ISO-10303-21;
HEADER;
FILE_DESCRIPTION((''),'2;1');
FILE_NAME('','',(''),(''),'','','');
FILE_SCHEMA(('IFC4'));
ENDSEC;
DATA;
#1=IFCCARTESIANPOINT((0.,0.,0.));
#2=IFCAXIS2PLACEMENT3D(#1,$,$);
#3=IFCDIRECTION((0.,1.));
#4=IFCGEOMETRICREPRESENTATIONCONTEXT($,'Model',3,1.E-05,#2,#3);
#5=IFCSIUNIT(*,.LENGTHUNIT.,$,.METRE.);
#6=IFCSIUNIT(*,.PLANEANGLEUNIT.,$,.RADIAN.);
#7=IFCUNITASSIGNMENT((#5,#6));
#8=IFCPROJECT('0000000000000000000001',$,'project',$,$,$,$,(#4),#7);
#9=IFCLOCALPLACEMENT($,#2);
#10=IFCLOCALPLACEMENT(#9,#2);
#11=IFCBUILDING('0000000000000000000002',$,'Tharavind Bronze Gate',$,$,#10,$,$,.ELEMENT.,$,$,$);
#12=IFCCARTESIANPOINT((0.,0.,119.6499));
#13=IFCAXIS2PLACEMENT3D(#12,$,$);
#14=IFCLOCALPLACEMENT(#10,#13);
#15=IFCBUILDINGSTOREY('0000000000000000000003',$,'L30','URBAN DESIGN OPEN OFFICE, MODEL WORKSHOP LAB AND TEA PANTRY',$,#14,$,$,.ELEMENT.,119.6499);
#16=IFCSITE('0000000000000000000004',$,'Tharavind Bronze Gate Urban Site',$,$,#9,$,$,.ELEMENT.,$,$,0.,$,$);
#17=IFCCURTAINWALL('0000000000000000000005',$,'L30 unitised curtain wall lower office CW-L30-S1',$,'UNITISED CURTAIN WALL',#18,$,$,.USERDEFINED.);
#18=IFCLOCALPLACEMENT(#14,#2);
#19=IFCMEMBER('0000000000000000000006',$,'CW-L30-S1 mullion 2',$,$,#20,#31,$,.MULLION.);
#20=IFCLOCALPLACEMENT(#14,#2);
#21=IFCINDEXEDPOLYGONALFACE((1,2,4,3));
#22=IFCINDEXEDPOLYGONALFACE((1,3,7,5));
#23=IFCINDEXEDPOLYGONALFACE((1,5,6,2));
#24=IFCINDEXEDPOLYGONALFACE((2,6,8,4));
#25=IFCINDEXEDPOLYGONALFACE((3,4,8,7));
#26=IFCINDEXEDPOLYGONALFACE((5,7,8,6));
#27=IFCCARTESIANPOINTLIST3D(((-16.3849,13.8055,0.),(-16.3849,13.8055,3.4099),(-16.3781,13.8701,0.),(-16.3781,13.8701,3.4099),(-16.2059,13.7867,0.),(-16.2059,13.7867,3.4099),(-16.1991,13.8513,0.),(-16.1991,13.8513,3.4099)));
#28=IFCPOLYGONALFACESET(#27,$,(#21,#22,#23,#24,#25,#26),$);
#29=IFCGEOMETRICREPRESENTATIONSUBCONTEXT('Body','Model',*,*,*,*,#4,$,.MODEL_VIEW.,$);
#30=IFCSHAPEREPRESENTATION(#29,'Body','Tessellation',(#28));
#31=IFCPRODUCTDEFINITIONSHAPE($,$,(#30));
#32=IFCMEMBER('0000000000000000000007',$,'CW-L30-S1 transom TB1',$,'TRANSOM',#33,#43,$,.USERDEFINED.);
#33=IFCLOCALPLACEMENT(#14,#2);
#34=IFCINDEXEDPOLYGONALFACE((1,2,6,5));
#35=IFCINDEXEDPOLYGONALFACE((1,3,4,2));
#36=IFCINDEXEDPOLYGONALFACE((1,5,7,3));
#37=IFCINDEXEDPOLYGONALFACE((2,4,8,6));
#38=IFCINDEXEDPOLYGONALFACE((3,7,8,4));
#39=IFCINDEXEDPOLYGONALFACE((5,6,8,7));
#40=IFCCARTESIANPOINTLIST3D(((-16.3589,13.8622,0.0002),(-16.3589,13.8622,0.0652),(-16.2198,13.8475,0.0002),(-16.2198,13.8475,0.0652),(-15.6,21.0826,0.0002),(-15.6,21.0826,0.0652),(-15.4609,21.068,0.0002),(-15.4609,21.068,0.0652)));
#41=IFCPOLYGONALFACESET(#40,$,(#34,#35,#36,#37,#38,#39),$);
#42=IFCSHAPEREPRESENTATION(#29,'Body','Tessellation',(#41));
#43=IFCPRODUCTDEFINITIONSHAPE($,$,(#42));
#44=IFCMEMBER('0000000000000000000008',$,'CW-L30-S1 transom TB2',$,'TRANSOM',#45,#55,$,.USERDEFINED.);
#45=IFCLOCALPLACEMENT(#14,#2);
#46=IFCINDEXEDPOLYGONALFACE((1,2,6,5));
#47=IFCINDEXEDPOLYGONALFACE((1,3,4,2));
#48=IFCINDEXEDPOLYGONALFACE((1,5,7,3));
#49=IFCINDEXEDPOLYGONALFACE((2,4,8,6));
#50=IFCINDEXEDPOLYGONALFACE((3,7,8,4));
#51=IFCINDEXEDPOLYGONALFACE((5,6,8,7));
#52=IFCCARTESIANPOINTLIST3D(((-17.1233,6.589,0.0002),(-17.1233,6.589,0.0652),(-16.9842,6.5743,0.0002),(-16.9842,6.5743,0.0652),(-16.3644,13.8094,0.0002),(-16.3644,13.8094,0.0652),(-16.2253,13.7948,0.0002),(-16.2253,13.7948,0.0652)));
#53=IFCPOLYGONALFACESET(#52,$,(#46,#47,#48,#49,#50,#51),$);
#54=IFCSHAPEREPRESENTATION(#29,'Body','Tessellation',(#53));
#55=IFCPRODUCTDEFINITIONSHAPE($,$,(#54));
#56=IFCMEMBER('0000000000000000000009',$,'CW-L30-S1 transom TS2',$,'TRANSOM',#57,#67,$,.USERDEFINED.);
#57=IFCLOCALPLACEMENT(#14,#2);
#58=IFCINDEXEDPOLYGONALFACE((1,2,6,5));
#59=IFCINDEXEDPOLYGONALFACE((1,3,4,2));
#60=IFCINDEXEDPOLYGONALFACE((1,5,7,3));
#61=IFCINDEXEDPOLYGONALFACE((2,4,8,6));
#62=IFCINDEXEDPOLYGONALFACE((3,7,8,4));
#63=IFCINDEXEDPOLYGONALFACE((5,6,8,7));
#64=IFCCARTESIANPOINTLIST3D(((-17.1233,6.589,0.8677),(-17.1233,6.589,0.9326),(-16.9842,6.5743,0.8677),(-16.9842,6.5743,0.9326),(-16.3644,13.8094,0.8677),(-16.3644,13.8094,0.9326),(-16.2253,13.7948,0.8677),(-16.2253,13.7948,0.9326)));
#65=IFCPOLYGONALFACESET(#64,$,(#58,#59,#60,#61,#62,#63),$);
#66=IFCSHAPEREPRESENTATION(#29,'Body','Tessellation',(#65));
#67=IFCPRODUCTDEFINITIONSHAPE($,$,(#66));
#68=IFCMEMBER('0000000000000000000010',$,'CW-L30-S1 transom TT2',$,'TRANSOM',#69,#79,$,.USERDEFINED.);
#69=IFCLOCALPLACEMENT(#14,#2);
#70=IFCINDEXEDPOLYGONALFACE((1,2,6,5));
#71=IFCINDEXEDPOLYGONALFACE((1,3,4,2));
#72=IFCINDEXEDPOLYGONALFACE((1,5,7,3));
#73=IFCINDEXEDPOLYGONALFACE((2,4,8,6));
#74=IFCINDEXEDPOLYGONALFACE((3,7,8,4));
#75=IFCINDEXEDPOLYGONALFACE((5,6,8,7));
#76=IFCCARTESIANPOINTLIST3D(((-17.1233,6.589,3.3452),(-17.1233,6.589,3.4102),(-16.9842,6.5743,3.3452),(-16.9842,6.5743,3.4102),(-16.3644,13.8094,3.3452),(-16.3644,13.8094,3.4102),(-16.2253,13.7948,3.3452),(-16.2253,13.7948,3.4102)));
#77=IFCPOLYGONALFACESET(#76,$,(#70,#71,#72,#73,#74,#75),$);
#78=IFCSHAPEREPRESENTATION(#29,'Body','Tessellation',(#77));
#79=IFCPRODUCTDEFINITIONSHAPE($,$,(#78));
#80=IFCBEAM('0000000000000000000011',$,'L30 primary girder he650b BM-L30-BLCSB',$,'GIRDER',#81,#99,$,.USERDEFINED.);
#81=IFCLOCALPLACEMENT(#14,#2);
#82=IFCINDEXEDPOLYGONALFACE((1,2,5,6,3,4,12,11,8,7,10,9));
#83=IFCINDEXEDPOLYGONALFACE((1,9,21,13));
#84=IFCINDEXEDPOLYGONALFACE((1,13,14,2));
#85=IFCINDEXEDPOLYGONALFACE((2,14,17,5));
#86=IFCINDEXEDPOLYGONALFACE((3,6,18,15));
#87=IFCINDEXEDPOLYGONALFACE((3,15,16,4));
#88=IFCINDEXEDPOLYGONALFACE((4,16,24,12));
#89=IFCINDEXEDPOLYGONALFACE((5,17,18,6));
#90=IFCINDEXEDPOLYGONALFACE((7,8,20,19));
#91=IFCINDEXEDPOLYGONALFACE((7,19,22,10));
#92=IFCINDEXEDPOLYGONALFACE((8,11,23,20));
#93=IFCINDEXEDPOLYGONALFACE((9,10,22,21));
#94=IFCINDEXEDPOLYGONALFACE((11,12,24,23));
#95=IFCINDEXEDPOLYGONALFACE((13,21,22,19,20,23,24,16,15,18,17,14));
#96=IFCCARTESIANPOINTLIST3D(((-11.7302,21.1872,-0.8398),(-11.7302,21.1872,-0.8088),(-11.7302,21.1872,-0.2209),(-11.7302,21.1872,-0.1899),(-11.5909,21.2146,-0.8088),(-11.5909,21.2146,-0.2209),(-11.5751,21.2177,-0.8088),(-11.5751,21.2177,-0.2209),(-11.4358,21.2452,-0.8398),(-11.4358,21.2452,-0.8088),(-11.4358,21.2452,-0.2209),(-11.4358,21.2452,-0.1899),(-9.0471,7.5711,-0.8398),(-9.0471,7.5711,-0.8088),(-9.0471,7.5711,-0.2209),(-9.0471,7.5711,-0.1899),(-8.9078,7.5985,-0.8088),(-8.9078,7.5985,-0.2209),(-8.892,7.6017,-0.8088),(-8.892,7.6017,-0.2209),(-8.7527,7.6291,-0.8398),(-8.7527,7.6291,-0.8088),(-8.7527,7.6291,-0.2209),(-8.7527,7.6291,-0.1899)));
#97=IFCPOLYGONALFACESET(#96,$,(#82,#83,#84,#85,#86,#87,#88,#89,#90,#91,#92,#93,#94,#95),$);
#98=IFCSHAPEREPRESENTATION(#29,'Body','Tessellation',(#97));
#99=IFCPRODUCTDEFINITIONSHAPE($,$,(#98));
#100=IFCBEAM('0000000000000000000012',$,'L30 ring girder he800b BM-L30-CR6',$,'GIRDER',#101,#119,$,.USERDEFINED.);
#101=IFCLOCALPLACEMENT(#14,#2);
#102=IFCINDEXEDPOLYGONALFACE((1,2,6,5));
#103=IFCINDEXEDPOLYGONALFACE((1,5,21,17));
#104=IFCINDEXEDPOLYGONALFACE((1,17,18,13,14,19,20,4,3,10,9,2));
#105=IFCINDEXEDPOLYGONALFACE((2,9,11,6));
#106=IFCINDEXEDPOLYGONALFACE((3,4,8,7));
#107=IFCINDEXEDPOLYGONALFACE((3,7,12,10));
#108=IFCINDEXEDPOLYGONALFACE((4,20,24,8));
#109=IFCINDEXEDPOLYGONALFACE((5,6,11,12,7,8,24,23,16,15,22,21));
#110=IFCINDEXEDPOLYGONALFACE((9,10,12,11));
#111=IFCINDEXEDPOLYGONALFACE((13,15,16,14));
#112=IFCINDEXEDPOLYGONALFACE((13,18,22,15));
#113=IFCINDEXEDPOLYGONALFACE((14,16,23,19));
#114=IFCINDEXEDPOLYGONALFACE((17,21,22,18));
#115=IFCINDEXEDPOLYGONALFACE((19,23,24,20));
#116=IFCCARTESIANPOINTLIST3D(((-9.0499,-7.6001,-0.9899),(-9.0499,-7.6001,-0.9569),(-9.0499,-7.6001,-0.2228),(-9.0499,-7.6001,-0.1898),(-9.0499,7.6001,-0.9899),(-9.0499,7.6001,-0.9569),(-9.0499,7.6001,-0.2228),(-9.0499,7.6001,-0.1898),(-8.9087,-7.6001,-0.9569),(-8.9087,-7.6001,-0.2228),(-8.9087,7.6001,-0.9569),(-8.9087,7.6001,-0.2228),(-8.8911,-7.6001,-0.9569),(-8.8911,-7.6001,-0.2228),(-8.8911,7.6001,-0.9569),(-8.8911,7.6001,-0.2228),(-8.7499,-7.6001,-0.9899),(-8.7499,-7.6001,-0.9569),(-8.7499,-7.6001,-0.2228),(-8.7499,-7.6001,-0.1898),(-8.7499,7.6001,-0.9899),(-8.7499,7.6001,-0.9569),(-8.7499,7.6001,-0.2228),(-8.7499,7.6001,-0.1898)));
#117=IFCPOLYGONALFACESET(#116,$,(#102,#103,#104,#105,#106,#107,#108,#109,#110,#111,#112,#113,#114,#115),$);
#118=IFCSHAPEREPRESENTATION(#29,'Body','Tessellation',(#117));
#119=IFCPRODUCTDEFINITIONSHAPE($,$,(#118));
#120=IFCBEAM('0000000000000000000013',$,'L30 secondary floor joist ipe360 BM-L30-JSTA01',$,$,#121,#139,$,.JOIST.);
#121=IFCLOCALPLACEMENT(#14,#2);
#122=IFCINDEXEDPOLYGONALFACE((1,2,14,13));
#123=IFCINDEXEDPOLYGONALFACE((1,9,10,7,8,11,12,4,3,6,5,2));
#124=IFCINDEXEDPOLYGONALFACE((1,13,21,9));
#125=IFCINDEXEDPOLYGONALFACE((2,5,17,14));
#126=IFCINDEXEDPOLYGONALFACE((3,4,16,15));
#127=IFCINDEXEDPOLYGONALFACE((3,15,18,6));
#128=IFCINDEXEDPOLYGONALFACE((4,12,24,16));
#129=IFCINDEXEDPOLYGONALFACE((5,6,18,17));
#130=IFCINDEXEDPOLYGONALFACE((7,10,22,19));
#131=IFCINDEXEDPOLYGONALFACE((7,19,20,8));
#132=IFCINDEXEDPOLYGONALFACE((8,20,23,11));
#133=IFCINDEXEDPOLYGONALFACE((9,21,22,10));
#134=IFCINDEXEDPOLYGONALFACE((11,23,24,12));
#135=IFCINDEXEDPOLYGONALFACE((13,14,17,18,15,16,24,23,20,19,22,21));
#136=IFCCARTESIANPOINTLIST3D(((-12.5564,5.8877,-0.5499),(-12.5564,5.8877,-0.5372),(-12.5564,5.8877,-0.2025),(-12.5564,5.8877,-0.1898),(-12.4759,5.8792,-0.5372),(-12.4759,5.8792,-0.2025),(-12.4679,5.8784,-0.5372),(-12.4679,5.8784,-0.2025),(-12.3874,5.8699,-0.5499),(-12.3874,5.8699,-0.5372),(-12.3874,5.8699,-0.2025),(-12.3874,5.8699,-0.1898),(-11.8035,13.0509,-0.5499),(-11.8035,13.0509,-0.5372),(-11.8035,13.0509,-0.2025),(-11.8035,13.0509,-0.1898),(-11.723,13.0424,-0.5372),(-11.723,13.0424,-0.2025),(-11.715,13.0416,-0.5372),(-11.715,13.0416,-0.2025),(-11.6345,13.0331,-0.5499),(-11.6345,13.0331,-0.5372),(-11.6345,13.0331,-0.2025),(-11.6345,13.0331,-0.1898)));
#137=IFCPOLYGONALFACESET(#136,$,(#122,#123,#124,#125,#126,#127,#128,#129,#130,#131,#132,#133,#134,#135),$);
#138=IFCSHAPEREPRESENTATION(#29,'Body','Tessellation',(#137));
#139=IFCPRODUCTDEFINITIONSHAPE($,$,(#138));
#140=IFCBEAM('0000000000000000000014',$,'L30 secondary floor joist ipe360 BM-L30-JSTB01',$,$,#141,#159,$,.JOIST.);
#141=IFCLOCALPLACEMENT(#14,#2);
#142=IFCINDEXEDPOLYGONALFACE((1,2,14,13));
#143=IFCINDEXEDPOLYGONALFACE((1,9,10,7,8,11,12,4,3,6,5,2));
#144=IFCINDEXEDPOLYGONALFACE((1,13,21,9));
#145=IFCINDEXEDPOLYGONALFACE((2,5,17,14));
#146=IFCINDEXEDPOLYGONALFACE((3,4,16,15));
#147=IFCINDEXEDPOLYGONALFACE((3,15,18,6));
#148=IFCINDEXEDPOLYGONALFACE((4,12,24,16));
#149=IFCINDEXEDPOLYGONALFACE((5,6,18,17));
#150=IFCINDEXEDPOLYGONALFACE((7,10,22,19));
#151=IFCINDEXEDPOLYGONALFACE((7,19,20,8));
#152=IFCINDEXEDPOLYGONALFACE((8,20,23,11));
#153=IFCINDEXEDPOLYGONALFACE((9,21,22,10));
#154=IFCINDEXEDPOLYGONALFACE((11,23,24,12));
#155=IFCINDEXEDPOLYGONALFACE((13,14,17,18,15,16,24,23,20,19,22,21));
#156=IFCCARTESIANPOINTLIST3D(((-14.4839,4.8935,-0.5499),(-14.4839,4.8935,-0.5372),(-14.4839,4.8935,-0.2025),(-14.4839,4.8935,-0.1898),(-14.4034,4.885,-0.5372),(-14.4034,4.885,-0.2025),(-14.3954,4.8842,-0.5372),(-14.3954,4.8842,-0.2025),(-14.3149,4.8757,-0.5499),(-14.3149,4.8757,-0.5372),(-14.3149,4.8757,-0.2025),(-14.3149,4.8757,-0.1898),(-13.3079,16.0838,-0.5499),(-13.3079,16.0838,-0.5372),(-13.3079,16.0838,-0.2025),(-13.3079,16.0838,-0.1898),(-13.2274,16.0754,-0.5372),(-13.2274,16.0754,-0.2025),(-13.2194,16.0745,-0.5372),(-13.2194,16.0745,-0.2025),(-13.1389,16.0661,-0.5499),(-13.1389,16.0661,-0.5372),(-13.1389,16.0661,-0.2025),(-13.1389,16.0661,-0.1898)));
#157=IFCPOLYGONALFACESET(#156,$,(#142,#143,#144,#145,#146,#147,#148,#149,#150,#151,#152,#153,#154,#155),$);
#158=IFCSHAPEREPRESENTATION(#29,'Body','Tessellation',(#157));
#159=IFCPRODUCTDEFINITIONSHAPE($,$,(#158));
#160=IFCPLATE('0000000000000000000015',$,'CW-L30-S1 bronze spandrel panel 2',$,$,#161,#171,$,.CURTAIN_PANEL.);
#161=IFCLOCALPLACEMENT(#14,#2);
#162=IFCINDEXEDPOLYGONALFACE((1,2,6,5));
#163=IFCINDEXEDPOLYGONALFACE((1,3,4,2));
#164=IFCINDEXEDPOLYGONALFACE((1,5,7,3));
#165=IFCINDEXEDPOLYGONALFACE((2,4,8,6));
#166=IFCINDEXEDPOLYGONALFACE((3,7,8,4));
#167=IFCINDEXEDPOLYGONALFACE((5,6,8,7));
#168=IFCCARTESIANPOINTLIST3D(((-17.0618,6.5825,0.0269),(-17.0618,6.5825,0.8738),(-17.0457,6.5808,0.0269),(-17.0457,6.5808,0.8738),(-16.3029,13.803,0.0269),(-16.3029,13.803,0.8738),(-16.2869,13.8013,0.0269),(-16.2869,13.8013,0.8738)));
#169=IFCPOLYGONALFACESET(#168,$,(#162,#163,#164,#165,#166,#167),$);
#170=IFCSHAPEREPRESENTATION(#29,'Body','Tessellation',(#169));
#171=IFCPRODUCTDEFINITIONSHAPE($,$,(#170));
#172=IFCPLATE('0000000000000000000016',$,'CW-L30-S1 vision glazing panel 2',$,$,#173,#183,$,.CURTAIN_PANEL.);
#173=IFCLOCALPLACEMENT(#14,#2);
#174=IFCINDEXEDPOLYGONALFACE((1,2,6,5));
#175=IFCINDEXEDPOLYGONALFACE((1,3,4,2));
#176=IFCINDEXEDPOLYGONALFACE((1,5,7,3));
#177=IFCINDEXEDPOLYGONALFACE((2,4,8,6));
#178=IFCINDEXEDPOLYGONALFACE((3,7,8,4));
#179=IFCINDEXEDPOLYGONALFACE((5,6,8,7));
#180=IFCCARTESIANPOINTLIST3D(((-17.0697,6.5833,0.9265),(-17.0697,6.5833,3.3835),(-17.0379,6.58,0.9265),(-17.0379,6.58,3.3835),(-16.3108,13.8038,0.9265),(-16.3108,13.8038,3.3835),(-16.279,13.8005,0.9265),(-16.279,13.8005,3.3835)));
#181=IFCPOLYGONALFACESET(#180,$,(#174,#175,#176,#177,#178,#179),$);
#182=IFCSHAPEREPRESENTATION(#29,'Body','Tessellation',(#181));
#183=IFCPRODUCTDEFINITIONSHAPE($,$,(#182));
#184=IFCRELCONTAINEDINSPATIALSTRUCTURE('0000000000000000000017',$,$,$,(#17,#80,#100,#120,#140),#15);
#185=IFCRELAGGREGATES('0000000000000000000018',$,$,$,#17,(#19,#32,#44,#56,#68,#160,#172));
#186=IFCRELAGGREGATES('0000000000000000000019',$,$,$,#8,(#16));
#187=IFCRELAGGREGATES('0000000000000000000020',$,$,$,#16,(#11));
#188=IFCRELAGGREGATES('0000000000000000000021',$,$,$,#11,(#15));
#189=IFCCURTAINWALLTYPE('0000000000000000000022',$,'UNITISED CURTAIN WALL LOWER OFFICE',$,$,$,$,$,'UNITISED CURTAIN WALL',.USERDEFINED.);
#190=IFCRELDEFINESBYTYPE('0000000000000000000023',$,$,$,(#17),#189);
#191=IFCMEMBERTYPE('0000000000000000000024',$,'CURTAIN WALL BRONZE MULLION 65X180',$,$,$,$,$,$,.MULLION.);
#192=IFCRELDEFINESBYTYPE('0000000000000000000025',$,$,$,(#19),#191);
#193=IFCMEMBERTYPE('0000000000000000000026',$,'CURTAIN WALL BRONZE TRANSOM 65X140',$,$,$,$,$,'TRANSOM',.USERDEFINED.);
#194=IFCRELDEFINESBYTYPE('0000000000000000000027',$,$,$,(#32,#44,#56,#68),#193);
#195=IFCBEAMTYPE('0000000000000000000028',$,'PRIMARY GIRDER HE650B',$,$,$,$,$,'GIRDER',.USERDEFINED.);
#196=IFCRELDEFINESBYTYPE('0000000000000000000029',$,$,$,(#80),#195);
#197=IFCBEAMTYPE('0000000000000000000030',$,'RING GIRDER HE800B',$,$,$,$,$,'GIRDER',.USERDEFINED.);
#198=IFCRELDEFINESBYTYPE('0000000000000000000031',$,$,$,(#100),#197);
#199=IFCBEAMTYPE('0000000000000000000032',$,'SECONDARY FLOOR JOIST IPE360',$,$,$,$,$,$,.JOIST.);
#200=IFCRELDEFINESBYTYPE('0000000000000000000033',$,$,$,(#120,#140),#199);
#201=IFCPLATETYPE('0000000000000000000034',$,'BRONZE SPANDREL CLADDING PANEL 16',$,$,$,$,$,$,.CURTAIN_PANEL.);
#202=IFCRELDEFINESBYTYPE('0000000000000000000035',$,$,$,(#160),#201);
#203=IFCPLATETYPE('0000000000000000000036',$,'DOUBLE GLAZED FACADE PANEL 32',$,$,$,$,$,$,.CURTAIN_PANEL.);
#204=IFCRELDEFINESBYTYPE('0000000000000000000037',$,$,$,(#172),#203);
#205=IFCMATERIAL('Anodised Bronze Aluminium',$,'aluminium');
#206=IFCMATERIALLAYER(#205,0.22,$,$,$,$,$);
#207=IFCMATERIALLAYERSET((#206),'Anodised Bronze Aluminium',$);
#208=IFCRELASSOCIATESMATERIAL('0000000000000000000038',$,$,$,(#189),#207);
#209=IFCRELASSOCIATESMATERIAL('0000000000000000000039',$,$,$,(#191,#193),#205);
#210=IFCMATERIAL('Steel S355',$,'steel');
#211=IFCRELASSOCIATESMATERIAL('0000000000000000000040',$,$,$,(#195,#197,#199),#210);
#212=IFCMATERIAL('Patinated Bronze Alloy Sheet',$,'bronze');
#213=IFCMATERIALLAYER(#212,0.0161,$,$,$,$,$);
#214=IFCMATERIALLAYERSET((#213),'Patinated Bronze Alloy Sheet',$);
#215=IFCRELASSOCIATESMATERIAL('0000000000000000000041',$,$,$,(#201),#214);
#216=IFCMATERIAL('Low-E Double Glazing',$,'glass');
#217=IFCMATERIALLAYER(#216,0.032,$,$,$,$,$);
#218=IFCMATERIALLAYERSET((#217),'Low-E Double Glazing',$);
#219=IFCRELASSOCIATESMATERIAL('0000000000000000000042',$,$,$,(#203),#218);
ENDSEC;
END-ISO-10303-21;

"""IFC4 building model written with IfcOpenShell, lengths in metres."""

from ifc_helpers import new_model, si_unit, direction, frame, origin, origin_2d, place, context, subcontext, project, spatial, rectangle, i_section, extrude, material, layer, layer_set, material_profile, profile_set, type_object, element, aggregate, save


model = new_model("IFC4")

# Units and contexts
model_context = context("Model", 3, precision=1e-05, world=origin(), true_north=direction((0.0, 1.0)))
body_context = subcontext(model_context, "Body", "Model", "MODEL_VIEW")
ifc_project = project(units=[si_unit("LENGTHUNIT", "METRE"), si_unit("PLANEANGLEUNIT", "RADIAN")], contexts=[model_context])

# Site, building, storey
site_placement = place(None, origin())
site = spatial("IfcSite", under=ifc_project, at=site_placement, Name="Tharavind Bronze Gate Urban Site", CompositionType="ELEMENT", RefElevation=0.0)
building_placement = place(site_placement, origin())
building = spatial("IfcBuilding", under=site, at=building_placement, Name="Tharavind Bronze Gate", CompositionType="ELEMENT")
storey_placement = place(building_placement, frame((0.0, 0.0, 119.6499)))
storey = spatial("IfcBuildingStorey", under=building, at=storey_placement, Name="L30", Description="URBAN DESIGN OPEN OFFICE, MODEL WORKSHOP LAB AND TEA PANTRY", CompositionType="ELEMENT", Elevation=119.6499)

# Curtain wall, members
ifc_material_1 = material(Name="Anodised Bronze Aluminium", Category="aluminium")
ifc_layer_1 = layer(ifc_material_1, 0.22)
ifc_layer_set_1 = layer_set([ifc_layer_1], Name="Anodised Bronze Aluminium")
curtain_wall_type = type_object("IfcCurtainWallType", Name="UNITISED CURTAIN WALL LOWER OFFICE", ElementType="UNITISED CURTAIN WALL", PredefinedType="USERDEFINED", material=ifc_layer_set_1)
curtain_wall_placement = place(storey_placement, origin())
curtain_wall = element("IfcCurtainWall", 1, at=curtain_wall_placement, inside=storey, type_object=curtain_wall_type, Name="L30 unitised curtain wall lower office CW-L30-S1", ObjectType="UNITISED CURTAIN WALL", PredefinedType="USERDEFINED")
member_type_1 = type_object("IfcMemberType", Name="CURTAIN WALL BRONZE MULLION 65X180", PredefinedType="MULLION", material=ifc_material_1)
member_1_placement = place(storey_placement, frame((-16.292, 13.8284, 0.0), z_axis=(0.0, 0.0, 1.0), x_axis=(-0.104527, -0.994522, 0.0)))
member_1 = element("IfcMember", 2, at=member_1_placement, type_object=member_type_1, Name="CW-L30-S1 mullion 2", PredefinedType="MULLION", context=body_context, shape_type="SweptSolid", body=[
    extrude(rectangle(XDim=0.0649, YDim=0.1799, at=origin_2d()), origin(), (0.0, 0.0, 1.0), 3.4099),
])
member_type_2 = type_object("IfcMemberType", Name="CURTAIN WALL BRONZE TRANSOM 65X140", ElementType="TRANSOM", PredefinedType="USERDEFINED", material=ifc_material_1)
member_2_placement = place(storey_placement, frame((-15.9099, 17.4651, 0.0002), z_axis=(0.0, 0.0, 1.0), x_axis=(-0.104527, -0.994522, 0.0)))
member_2 = element("IfcMember", 3, at=member_2_placement, type_object=member_type_2, Name="CW-L30-S1 transom TB1", ObjectType="TRANSOM", PredefinedType="USERDEFINED", context=body_context, shape_type="SweptSolid", body=[
    extrude(rectangle(XDim=7.2603, YDim=0.1399, at=origin_2d()), origin(), (0.0, 0.0, 1.0), 0.0649),
])
member_3_placement = place(storey_placement, frame((-16.6743, 10.1919, 0.0002), z_axis=(0.0, 0.0, 1.0), x_axis=(-0.104527, -0.994522, 0.0)))
member_3 = element("IfcMember", 4, at=member_3_placement, type_object=member_type_2, Name="CW-L30-S1 transom TB2", ObjectType="TRANSOM", PredefinedType="USERDEFINED", context=body_context, shape_type="SweptSolid", body=[
    extrude(rectangle(XDim=7.2603, YDim=0.1399, at=origin_2d()), origin(), (0.0, 0.0, 1.0), 0.0649),
])
member_4_placement = place(storey_placement, frame((-16.6743, 10.1919, 0.8677), z_axis=(0.0, 0.0, 1.0), x_axis=(-0.104527, -0.994522, 0.0)))
member_4 = element("IfcMember", 5, at=member_4_placement, type_object=member_type_2, Name="CW-L30-S1 transom TS2", ObjectType="TRANSOM", PredefinedType="USERDEFINED", context=body_context, shape_type="SweptSolid", body=[
    extrude(rectangle(XDim=7.2603, YDim=0.1399, at=origin_2d()), origin(), (0.0, 0.0, 1.0), 0.0649),
])
member_5_placement = place(storey_placement, frame((-16.6743, 10.1919, 3.3452), z_axis=(0.0, 0.0, 1.0), x_axis=(-0.104527, -0.994522, 0.0)))
member_5 = element("IfcMember", 6, at=member_5_placement, type_object=member_type_2, Name="CW-L30-S1 transom TT2", ObjectType="TRANSOM", PredefinedType="USERDEFINED", context=body_context, shape_type="SweptSolid", body=[
    extrude(rectangle(XDim=7.2603, YDim=0.1399, at=origin_2d()), origin(), (0.0, 0.0, 1.0), 0.0649),
])

# Beams
ifc_material_2 = material(Name="Steel S355", Category="steel")
ifc_material_profile_1 = material_profile(ifc_material_2, i_section(OverallWidth=0.3, OverallDepth=0.6499, WebThickness=0.0161, FlangeThickness=0.031, at=origin_2d()), Name="HE650B")
ifc_profile_set_1 = profile_set([ifc_material_profile_1], Name="Steel S355")
beam_type_1 = type_object("IfcBeamType", Name="PRIMARY GIRDER HE650B", ElementType="GIRDER", PredefinedType="USERDEFINED", material=ifc_profile_set_1)
beam_1_placement = place(storey_placement, frame((-8.8999, 7.6001, -0.5149), z_axis=(-0.193338, 0.981132, 0.0), x_axis=(-0.981132, -0.193338, 0.0)))
element("IfcBeam", 7, at=beam_1_placement, inside=storey, type_object=beam_type_1, Name="L30 primary girder he650b BM-L30-BLCSB", ObjectType="GIRDER", PredefinedType="USERDEFINED", context=body_context, shape_type="SweptSolid", body=[
    extrude(i_section(OverallWidth=0.3, OverallDepth=0.6499, WebThickness=0.0161, FlangeThickness=0.031, at=origin_2d()), origin(), (0.0, 0.0, 1.0), 13.8779),
])
ifc_material_profile_2 = material_profile(ifc_material_2, i_section(OverallWidth=0.3, OverallDepth=0.8, WebThickness=0.0176, FlangeThickness=0.033, at=origin_2d()), Name="HE800B")
ifc_profile_set_2 = profile_set([ifc_material_profile_2], Name="Steel S355")
beam_type_2 = type_object("IfcBeamType", Name="RING GIRDER HE800B", ElementType="GIRDER", PredefinedType="USERDEFINED", material=ifc_profile_set_2)
beam_2_placement = place(storey_placement, frame((-8.8999, 7.6001, -0.5898), z_axis=(0.0, -1.0, 0.0), x_axis=(1.0, 0.0, 0.0)))
element("IfcBeam", 8, at=beam_2_placement, inside=storey, type_object=beam_type_2, Name="L30 ring girder he800b BM-L30-CR6", ObjectType="GIRDER", PredefinedType="USERDEFINED", context=body_context, shape_type="SweptSolid", body=[
    extrude(i_section(OverallWidth=0.3, OverallDepth=0.8, WebThickness=0.0176, FlangeThickness=0.033, at=origin_2d()), origin(), (0.0, 0.0, 1.0), 15.2002),
])
ifc_material_profile_3 = material_profile(ifc_material_2, i_section(OverallWidth=0.1699, OverallDepth=0.3601, WebThickness=0.0081, FlangeThickness=0.0127, at=origin_2d()), Name="IPE360")
ifc_profile_set_3 = profile_set([ifc_material_profile_3], Name="Steel S355")
beam_type_3 = type_object("IfcBeamType", Name="SECONDARY FLOOR JOIST IPE360", PredefinedType="JOIST", material=ifc_profile_set_3)
beam_3_placement = place(storey_placement, frame((-11.719, 13.042, -0.3699), z_axis=(-0.104537, -0.994521, 0.0), x_axis=(0.994521, -0.104537, 0.0)))
element("IfcBeam", 9, at=beam_3_placement, inside=storey, type_object=beam_type_3, Name="L30 secondary floor joist ipe360 BM-L30-JSTA01", PredefinedType="JOIST", context=body_context, shape_type="SweptSolid", body=[
    extrude(i_section(OverallWidth=0.1699, OverallDepth=0.3601, WebThickness=0.0081, FlangeThickness=0.0127, at=origin_2d()), origin(), (0.0, 0.0, 1.0), 7.2026),
])
beam_4_placement = place(storey_placement, frame((-13.2234, 16.075, -0.3699), z_axis=(-0.104516, -0.994523, 0.0), x_axis=(0.994523, -0.104516, 0.0)))
element("IfcBeam", 10, at=beam_4_placement, inside=storey, type_object=beam_type_3, Name="L30 secondary floor joist ipe360 BM-L30-JSTB01", PredefinedType="JOIST", context=body_context, shape_type="SweptSolid", body=[
    extrude(i_section(OverallWidth=0.1699, OverallDepth=0.3601, WebThickness=0.0081, FlangeThickness=0.0127, at=origin_2d()), origin(), (0.0, 0.0, 1.0), 11.252),
])

# Plates
ifc_material_3 = material(Name="Patinated Bronze Alloy Sheet", Category="bronze")
ifc_layer_2 = layer(ifc_material_3, 0.0161)
ifc_layer_set_2 = layer_set([ifc_layer_2], Name="Patinated Bronze Alloy Sheet")
plate_type_1 = type_object("IfcPlateType", Name="BRONZE SPANDREL CLADDING PANEL 16", PredefinedType="CURTAIN_PANEL", material=ifc_layer_set_2)
plate_1_placement = place(storey_placement, frame((-16.6743, 10.1919, 0.0269), z_axis=(0.0, 0.0, 1.0), x_axis=(-0.104527, -0.994522, 0.0)))
plate_1 = element("IfcPlate", 11, at=plate_1_placement, type_object=plate_type_1, Name="CW-L30-S1 bronze spandrel panel 2", PredefinedType="CURTAIN_PANEL", context=body_context, shape_type="SweptSolid", body=[
    extrude(rectangle(XDim=7.2603, YDim=0.0161, at=origin_2d()), origin(), (0.0, 0.0, 1.0), 0.8469),
])
ifc_material_4 = material(Name="Low-E Double Glazing", Category="glass")
ifc_layer_3 = layer(ifc_material_4, 0.032)
ifc_layer_set_3 = layer_set([ifc_layer_3], Name="Low-E Double Glazing")
plate_type_2 = type_object("IfcPlateType", Name="DOUBLE GLAZED FACADE PANEL 32", PredefinedType="CURTAIN_PANEL", material=ifc_layer_set_3)
plate_2_placement = place(storey_placement, frame((-16.6743, 10.1919, 0.9265), z_axis=(0.0, 0.0, 1.0), x_axis=(-0.104527, -0.994522, 0.0)))
plate_2 = element("IfcPlate", 12, at=plate_2_placement, type_object=plate_type_2, Name="CW-L30-S1 vision glazing panel 2", PredefinedType="CURTAIN_PANEL", context=body_context, shape_type="SweptSolid", body=[
    extrude(rectangle(XDim=7.2603, YDim=0.032, at=origin_2d()), origin(), (0.0, 0.0, 1.0), 2.457),
])
aggregate(curtain_wall, [member_1, member_2, member_3, member_4, member_5, plate_1, plate_2])

save(model, "model.ifc")
